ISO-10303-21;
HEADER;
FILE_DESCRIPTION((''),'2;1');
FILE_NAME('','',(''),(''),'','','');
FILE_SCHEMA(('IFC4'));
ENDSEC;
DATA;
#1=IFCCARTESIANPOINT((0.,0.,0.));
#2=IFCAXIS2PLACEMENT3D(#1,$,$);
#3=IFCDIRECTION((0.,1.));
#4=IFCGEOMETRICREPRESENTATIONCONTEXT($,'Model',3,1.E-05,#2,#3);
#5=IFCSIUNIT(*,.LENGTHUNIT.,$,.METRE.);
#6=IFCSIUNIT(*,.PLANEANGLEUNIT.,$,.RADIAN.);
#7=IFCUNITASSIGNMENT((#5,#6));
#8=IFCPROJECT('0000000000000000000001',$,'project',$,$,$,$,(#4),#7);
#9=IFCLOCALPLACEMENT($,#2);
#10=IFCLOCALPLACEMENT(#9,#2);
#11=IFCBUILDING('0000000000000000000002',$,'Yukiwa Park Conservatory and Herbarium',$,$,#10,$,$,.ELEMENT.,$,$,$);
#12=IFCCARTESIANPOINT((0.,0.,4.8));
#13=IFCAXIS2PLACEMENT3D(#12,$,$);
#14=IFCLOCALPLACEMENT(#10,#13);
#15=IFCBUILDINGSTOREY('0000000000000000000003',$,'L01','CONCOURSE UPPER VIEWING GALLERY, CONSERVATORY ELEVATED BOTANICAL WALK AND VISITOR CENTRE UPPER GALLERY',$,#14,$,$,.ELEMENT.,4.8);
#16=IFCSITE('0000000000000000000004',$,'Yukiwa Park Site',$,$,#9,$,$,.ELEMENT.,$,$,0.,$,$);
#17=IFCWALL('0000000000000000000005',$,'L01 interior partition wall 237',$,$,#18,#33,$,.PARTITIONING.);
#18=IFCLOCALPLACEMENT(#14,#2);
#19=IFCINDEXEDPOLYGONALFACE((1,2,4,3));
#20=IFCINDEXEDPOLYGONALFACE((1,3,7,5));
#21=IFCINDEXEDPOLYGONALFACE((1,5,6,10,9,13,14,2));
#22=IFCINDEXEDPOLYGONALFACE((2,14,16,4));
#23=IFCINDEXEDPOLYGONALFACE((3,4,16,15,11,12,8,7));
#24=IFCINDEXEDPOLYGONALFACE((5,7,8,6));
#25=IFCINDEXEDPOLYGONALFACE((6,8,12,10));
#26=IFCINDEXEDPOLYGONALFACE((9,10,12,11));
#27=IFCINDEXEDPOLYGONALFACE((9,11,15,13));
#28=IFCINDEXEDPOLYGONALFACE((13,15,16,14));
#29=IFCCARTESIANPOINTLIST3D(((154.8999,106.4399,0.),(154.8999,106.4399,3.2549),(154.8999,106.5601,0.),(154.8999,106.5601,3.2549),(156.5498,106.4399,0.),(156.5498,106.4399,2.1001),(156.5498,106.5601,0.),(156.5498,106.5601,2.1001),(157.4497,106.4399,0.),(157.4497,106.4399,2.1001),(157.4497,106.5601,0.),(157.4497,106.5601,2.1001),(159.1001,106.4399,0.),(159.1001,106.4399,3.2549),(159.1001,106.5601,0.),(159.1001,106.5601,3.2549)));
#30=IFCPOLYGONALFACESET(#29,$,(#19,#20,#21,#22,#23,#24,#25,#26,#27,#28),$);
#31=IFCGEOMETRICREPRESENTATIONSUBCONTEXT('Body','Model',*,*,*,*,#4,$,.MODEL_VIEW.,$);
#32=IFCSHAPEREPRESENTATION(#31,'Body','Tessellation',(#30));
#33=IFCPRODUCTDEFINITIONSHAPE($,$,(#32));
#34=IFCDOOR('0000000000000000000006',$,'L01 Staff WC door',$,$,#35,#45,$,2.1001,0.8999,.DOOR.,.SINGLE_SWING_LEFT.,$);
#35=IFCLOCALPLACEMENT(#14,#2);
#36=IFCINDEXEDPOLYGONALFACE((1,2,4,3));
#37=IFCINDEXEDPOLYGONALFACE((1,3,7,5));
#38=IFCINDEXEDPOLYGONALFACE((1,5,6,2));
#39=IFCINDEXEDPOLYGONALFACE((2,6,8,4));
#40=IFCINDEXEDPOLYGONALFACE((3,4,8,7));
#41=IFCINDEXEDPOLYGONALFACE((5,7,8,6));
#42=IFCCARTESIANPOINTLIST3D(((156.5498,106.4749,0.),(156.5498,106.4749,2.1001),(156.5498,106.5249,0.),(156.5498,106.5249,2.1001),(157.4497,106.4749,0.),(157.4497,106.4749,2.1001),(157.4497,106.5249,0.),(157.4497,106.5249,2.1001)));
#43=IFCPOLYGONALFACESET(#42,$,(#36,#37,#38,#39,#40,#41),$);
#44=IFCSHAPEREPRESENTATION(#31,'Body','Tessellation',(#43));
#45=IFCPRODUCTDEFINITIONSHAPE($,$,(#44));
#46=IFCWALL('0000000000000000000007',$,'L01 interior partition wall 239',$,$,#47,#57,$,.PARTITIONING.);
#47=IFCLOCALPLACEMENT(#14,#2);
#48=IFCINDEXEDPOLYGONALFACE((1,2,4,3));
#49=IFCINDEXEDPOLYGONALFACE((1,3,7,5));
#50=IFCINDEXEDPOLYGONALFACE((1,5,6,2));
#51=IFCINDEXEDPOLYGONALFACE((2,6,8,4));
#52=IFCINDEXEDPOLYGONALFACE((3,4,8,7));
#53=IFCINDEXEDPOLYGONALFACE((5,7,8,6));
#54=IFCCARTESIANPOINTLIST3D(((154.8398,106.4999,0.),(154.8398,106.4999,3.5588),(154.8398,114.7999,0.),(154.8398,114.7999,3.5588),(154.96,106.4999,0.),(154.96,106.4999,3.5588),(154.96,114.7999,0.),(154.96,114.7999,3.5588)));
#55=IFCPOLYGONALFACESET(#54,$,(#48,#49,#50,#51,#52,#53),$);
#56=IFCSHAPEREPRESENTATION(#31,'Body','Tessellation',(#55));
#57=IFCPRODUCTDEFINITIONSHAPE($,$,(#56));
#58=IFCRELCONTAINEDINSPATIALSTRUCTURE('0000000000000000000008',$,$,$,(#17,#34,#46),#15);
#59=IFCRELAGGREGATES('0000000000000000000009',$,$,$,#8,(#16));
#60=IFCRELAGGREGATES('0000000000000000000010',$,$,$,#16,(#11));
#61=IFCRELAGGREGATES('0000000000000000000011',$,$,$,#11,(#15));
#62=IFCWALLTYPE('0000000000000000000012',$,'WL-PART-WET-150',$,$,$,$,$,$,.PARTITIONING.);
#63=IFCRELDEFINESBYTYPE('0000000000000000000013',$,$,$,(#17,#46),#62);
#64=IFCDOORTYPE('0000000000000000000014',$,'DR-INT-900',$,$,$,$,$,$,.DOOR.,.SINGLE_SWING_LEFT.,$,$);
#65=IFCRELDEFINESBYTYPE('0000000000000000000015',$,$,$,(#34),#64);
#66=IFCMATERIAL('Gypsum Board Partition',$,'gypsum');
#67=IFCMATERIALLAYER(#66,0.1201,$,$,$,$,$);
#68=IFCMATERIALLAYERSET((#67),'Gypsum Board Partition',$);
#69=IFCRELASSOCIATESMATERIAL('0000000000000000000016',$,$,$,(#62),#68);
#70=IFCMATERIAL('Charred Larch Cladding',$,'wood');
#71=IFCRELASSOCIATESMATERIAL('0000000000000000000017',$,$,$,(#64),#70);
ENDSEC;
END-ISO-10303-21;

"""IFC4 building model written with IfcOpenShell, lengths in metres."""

from ifc_helpers import new_model, si_unit, direction, frame, frame_2d, origin, place, context, subcontext, project, spatial, rectangle, extrude, material, layer, layer_set, type_object, element, fill, save


model = new_model("IFC4")

# Units and contexts
model_context = context("Model", 3, precision=1e-05, world=origin(), true_north=direction((0.0, 1.0)))
body_context = subcontext(model_context, "Body", "Model", "MODEL_VIEW")
ifc_project = project(units=[si_unit("LENGTHUNIT", "METRE"), si_unit("PLANEANGLEUNIT", "RADIAN")], contexts=[model_context])

# Site, building, storey
site_placement = place(None, origin())
site = spatial("IfcSite", under=ifc_project, at=site_placement, Name="Yukiwa Park Site", CompositionType="ELEMENT", RefElevation=0.0)
building_placement = place(site_placement, origin())
building = spatial("IfcBuilding", under=site, at=building_placement, Name="Yukiwa Park Conservatory and Herbarium", CompositionType="ELEMENT")
storey_placement = place(building_placement, frame((0.0, 0.0, 4.8)))
storey = spatial("IfcBuildingStorey", under=building, at=storey_placement, Name="L01", Description="CONCOURSE UPPER VIEWING GALLERY, CONSERVATORY ELEVATED BOTANICAL WALK AND VISITOR CENTRE UPPER GALLERY", CompositionType="ELEMENT", Elevation=4.8)

# Wall, opening, door
ifc_material_1 = material(Name="Gypsum Board Partition", Category="gypsum")
ifc_layer_1 = layer(ifc_material_1, 0.1201)
ifc_layer_set_1 = layer_set([ifc_layer_1], Name="Gypsum Board Partition")
wall_type_1 = type_object("IfcWallType", Name="WL-PART-WET-150", PredefinedType="PARTITIONING", material=ifc_layer_set_1)
wall_1_placement = place(storey_placement, frame((154.8999, 106.5, 0.0), z_axis=(0.0, 0.0, 1.0), x_axis=(1.0, 0.0, 0.0)))
wall_1 = element("IfcWall", 1, at=wall_1_placement, inside=storey, type_object=wall_type_1, Name="L01 interior partition wall 237", PredefinedType="PARTITIONING", context=body_context, shape_type="SweptSolid", body=[
    extrude(rectangle(XDim=4.2002, YDim=0.1201, at=frame_2d((2.1001, 0.0))), origin(), (0.0, 0.0, 1.0), 3.2549),
])
opening_1_placement = place(wall_1_placement, frame((1.6499, 0.0, 0.0)))
opening_1 = element("IfcOpeningElement", 2, at=opening_1_placement, cuts=wall_1, PredefinedType="OPENING", context=body_context, shape_type="SweptSolid", body=[
    extrude(rectangle(XDim=0.8999, YDim=2.1001, at=frame_2d((0.45, 1.05))), frame((0.0, 0.0701, 0.0), z_axis=(0.0, -1.0, 0.0), x_axis=(1.0, 0.0, 0.0)), (0.0, 0.0, 1.0), 0.1401),
])
ifc_material_2 = material(Name="Charred Larch Cladding", Category="wood")
door_type = type_object("IfcDoorType", Name="DR-INT-900", OperationType="SINGLE_SWING_LEFT", PredefinedType="DOOR", material=ifc_material_2)
door_placement = place(opening_1_placement, origin())
door = element("IfcDoor", 3, at=door_placement, inside=storey, type_object=door_type, Name="L01 Staff WC door", OperationType="SINGLE_SWING_LEFT", OverallHeight=2.1001, OverallWidth=0.8999, PredefinedType="DOOR", context=body_context, shape_type="SweptSolid", body=[
    extrude(rectangle(XDim=0.8999, YDim=2.1001, at=frame_2d((0.45, 1.05))), frame((0.0, 0.0249, 0.0), z_axis=(0.0, -1.0, 0.0), x_axis=(1.0, 0.0, 0.0)), (0.0, 0.0, 1.0), 0.05),
])
fill(opening_1, door)

# Wall
wall_2_placement = place(storey_placement, frame((154.8999, 106.5, 0.0), z_axis=(0.0, 0.0, 1.0), x_axis=(0.0, 1.0, 0.0)))
element("IfcWall", 4, at=wall_2_placement, inside=storey, type_object=wall_type_1, Name="L01 interior partition wall 239", PredefinedType="PARTITIONING", context=body_context, shape_type="SweptSolid", body=[
    extrude(rectangle(XDim=8.3, YDim=0.1201, at=frame_2d((4.1499, 0.0))), origin(), (0.0, 0.0, 1.0), 3.5588),
])

save(model, "model.ifc")
